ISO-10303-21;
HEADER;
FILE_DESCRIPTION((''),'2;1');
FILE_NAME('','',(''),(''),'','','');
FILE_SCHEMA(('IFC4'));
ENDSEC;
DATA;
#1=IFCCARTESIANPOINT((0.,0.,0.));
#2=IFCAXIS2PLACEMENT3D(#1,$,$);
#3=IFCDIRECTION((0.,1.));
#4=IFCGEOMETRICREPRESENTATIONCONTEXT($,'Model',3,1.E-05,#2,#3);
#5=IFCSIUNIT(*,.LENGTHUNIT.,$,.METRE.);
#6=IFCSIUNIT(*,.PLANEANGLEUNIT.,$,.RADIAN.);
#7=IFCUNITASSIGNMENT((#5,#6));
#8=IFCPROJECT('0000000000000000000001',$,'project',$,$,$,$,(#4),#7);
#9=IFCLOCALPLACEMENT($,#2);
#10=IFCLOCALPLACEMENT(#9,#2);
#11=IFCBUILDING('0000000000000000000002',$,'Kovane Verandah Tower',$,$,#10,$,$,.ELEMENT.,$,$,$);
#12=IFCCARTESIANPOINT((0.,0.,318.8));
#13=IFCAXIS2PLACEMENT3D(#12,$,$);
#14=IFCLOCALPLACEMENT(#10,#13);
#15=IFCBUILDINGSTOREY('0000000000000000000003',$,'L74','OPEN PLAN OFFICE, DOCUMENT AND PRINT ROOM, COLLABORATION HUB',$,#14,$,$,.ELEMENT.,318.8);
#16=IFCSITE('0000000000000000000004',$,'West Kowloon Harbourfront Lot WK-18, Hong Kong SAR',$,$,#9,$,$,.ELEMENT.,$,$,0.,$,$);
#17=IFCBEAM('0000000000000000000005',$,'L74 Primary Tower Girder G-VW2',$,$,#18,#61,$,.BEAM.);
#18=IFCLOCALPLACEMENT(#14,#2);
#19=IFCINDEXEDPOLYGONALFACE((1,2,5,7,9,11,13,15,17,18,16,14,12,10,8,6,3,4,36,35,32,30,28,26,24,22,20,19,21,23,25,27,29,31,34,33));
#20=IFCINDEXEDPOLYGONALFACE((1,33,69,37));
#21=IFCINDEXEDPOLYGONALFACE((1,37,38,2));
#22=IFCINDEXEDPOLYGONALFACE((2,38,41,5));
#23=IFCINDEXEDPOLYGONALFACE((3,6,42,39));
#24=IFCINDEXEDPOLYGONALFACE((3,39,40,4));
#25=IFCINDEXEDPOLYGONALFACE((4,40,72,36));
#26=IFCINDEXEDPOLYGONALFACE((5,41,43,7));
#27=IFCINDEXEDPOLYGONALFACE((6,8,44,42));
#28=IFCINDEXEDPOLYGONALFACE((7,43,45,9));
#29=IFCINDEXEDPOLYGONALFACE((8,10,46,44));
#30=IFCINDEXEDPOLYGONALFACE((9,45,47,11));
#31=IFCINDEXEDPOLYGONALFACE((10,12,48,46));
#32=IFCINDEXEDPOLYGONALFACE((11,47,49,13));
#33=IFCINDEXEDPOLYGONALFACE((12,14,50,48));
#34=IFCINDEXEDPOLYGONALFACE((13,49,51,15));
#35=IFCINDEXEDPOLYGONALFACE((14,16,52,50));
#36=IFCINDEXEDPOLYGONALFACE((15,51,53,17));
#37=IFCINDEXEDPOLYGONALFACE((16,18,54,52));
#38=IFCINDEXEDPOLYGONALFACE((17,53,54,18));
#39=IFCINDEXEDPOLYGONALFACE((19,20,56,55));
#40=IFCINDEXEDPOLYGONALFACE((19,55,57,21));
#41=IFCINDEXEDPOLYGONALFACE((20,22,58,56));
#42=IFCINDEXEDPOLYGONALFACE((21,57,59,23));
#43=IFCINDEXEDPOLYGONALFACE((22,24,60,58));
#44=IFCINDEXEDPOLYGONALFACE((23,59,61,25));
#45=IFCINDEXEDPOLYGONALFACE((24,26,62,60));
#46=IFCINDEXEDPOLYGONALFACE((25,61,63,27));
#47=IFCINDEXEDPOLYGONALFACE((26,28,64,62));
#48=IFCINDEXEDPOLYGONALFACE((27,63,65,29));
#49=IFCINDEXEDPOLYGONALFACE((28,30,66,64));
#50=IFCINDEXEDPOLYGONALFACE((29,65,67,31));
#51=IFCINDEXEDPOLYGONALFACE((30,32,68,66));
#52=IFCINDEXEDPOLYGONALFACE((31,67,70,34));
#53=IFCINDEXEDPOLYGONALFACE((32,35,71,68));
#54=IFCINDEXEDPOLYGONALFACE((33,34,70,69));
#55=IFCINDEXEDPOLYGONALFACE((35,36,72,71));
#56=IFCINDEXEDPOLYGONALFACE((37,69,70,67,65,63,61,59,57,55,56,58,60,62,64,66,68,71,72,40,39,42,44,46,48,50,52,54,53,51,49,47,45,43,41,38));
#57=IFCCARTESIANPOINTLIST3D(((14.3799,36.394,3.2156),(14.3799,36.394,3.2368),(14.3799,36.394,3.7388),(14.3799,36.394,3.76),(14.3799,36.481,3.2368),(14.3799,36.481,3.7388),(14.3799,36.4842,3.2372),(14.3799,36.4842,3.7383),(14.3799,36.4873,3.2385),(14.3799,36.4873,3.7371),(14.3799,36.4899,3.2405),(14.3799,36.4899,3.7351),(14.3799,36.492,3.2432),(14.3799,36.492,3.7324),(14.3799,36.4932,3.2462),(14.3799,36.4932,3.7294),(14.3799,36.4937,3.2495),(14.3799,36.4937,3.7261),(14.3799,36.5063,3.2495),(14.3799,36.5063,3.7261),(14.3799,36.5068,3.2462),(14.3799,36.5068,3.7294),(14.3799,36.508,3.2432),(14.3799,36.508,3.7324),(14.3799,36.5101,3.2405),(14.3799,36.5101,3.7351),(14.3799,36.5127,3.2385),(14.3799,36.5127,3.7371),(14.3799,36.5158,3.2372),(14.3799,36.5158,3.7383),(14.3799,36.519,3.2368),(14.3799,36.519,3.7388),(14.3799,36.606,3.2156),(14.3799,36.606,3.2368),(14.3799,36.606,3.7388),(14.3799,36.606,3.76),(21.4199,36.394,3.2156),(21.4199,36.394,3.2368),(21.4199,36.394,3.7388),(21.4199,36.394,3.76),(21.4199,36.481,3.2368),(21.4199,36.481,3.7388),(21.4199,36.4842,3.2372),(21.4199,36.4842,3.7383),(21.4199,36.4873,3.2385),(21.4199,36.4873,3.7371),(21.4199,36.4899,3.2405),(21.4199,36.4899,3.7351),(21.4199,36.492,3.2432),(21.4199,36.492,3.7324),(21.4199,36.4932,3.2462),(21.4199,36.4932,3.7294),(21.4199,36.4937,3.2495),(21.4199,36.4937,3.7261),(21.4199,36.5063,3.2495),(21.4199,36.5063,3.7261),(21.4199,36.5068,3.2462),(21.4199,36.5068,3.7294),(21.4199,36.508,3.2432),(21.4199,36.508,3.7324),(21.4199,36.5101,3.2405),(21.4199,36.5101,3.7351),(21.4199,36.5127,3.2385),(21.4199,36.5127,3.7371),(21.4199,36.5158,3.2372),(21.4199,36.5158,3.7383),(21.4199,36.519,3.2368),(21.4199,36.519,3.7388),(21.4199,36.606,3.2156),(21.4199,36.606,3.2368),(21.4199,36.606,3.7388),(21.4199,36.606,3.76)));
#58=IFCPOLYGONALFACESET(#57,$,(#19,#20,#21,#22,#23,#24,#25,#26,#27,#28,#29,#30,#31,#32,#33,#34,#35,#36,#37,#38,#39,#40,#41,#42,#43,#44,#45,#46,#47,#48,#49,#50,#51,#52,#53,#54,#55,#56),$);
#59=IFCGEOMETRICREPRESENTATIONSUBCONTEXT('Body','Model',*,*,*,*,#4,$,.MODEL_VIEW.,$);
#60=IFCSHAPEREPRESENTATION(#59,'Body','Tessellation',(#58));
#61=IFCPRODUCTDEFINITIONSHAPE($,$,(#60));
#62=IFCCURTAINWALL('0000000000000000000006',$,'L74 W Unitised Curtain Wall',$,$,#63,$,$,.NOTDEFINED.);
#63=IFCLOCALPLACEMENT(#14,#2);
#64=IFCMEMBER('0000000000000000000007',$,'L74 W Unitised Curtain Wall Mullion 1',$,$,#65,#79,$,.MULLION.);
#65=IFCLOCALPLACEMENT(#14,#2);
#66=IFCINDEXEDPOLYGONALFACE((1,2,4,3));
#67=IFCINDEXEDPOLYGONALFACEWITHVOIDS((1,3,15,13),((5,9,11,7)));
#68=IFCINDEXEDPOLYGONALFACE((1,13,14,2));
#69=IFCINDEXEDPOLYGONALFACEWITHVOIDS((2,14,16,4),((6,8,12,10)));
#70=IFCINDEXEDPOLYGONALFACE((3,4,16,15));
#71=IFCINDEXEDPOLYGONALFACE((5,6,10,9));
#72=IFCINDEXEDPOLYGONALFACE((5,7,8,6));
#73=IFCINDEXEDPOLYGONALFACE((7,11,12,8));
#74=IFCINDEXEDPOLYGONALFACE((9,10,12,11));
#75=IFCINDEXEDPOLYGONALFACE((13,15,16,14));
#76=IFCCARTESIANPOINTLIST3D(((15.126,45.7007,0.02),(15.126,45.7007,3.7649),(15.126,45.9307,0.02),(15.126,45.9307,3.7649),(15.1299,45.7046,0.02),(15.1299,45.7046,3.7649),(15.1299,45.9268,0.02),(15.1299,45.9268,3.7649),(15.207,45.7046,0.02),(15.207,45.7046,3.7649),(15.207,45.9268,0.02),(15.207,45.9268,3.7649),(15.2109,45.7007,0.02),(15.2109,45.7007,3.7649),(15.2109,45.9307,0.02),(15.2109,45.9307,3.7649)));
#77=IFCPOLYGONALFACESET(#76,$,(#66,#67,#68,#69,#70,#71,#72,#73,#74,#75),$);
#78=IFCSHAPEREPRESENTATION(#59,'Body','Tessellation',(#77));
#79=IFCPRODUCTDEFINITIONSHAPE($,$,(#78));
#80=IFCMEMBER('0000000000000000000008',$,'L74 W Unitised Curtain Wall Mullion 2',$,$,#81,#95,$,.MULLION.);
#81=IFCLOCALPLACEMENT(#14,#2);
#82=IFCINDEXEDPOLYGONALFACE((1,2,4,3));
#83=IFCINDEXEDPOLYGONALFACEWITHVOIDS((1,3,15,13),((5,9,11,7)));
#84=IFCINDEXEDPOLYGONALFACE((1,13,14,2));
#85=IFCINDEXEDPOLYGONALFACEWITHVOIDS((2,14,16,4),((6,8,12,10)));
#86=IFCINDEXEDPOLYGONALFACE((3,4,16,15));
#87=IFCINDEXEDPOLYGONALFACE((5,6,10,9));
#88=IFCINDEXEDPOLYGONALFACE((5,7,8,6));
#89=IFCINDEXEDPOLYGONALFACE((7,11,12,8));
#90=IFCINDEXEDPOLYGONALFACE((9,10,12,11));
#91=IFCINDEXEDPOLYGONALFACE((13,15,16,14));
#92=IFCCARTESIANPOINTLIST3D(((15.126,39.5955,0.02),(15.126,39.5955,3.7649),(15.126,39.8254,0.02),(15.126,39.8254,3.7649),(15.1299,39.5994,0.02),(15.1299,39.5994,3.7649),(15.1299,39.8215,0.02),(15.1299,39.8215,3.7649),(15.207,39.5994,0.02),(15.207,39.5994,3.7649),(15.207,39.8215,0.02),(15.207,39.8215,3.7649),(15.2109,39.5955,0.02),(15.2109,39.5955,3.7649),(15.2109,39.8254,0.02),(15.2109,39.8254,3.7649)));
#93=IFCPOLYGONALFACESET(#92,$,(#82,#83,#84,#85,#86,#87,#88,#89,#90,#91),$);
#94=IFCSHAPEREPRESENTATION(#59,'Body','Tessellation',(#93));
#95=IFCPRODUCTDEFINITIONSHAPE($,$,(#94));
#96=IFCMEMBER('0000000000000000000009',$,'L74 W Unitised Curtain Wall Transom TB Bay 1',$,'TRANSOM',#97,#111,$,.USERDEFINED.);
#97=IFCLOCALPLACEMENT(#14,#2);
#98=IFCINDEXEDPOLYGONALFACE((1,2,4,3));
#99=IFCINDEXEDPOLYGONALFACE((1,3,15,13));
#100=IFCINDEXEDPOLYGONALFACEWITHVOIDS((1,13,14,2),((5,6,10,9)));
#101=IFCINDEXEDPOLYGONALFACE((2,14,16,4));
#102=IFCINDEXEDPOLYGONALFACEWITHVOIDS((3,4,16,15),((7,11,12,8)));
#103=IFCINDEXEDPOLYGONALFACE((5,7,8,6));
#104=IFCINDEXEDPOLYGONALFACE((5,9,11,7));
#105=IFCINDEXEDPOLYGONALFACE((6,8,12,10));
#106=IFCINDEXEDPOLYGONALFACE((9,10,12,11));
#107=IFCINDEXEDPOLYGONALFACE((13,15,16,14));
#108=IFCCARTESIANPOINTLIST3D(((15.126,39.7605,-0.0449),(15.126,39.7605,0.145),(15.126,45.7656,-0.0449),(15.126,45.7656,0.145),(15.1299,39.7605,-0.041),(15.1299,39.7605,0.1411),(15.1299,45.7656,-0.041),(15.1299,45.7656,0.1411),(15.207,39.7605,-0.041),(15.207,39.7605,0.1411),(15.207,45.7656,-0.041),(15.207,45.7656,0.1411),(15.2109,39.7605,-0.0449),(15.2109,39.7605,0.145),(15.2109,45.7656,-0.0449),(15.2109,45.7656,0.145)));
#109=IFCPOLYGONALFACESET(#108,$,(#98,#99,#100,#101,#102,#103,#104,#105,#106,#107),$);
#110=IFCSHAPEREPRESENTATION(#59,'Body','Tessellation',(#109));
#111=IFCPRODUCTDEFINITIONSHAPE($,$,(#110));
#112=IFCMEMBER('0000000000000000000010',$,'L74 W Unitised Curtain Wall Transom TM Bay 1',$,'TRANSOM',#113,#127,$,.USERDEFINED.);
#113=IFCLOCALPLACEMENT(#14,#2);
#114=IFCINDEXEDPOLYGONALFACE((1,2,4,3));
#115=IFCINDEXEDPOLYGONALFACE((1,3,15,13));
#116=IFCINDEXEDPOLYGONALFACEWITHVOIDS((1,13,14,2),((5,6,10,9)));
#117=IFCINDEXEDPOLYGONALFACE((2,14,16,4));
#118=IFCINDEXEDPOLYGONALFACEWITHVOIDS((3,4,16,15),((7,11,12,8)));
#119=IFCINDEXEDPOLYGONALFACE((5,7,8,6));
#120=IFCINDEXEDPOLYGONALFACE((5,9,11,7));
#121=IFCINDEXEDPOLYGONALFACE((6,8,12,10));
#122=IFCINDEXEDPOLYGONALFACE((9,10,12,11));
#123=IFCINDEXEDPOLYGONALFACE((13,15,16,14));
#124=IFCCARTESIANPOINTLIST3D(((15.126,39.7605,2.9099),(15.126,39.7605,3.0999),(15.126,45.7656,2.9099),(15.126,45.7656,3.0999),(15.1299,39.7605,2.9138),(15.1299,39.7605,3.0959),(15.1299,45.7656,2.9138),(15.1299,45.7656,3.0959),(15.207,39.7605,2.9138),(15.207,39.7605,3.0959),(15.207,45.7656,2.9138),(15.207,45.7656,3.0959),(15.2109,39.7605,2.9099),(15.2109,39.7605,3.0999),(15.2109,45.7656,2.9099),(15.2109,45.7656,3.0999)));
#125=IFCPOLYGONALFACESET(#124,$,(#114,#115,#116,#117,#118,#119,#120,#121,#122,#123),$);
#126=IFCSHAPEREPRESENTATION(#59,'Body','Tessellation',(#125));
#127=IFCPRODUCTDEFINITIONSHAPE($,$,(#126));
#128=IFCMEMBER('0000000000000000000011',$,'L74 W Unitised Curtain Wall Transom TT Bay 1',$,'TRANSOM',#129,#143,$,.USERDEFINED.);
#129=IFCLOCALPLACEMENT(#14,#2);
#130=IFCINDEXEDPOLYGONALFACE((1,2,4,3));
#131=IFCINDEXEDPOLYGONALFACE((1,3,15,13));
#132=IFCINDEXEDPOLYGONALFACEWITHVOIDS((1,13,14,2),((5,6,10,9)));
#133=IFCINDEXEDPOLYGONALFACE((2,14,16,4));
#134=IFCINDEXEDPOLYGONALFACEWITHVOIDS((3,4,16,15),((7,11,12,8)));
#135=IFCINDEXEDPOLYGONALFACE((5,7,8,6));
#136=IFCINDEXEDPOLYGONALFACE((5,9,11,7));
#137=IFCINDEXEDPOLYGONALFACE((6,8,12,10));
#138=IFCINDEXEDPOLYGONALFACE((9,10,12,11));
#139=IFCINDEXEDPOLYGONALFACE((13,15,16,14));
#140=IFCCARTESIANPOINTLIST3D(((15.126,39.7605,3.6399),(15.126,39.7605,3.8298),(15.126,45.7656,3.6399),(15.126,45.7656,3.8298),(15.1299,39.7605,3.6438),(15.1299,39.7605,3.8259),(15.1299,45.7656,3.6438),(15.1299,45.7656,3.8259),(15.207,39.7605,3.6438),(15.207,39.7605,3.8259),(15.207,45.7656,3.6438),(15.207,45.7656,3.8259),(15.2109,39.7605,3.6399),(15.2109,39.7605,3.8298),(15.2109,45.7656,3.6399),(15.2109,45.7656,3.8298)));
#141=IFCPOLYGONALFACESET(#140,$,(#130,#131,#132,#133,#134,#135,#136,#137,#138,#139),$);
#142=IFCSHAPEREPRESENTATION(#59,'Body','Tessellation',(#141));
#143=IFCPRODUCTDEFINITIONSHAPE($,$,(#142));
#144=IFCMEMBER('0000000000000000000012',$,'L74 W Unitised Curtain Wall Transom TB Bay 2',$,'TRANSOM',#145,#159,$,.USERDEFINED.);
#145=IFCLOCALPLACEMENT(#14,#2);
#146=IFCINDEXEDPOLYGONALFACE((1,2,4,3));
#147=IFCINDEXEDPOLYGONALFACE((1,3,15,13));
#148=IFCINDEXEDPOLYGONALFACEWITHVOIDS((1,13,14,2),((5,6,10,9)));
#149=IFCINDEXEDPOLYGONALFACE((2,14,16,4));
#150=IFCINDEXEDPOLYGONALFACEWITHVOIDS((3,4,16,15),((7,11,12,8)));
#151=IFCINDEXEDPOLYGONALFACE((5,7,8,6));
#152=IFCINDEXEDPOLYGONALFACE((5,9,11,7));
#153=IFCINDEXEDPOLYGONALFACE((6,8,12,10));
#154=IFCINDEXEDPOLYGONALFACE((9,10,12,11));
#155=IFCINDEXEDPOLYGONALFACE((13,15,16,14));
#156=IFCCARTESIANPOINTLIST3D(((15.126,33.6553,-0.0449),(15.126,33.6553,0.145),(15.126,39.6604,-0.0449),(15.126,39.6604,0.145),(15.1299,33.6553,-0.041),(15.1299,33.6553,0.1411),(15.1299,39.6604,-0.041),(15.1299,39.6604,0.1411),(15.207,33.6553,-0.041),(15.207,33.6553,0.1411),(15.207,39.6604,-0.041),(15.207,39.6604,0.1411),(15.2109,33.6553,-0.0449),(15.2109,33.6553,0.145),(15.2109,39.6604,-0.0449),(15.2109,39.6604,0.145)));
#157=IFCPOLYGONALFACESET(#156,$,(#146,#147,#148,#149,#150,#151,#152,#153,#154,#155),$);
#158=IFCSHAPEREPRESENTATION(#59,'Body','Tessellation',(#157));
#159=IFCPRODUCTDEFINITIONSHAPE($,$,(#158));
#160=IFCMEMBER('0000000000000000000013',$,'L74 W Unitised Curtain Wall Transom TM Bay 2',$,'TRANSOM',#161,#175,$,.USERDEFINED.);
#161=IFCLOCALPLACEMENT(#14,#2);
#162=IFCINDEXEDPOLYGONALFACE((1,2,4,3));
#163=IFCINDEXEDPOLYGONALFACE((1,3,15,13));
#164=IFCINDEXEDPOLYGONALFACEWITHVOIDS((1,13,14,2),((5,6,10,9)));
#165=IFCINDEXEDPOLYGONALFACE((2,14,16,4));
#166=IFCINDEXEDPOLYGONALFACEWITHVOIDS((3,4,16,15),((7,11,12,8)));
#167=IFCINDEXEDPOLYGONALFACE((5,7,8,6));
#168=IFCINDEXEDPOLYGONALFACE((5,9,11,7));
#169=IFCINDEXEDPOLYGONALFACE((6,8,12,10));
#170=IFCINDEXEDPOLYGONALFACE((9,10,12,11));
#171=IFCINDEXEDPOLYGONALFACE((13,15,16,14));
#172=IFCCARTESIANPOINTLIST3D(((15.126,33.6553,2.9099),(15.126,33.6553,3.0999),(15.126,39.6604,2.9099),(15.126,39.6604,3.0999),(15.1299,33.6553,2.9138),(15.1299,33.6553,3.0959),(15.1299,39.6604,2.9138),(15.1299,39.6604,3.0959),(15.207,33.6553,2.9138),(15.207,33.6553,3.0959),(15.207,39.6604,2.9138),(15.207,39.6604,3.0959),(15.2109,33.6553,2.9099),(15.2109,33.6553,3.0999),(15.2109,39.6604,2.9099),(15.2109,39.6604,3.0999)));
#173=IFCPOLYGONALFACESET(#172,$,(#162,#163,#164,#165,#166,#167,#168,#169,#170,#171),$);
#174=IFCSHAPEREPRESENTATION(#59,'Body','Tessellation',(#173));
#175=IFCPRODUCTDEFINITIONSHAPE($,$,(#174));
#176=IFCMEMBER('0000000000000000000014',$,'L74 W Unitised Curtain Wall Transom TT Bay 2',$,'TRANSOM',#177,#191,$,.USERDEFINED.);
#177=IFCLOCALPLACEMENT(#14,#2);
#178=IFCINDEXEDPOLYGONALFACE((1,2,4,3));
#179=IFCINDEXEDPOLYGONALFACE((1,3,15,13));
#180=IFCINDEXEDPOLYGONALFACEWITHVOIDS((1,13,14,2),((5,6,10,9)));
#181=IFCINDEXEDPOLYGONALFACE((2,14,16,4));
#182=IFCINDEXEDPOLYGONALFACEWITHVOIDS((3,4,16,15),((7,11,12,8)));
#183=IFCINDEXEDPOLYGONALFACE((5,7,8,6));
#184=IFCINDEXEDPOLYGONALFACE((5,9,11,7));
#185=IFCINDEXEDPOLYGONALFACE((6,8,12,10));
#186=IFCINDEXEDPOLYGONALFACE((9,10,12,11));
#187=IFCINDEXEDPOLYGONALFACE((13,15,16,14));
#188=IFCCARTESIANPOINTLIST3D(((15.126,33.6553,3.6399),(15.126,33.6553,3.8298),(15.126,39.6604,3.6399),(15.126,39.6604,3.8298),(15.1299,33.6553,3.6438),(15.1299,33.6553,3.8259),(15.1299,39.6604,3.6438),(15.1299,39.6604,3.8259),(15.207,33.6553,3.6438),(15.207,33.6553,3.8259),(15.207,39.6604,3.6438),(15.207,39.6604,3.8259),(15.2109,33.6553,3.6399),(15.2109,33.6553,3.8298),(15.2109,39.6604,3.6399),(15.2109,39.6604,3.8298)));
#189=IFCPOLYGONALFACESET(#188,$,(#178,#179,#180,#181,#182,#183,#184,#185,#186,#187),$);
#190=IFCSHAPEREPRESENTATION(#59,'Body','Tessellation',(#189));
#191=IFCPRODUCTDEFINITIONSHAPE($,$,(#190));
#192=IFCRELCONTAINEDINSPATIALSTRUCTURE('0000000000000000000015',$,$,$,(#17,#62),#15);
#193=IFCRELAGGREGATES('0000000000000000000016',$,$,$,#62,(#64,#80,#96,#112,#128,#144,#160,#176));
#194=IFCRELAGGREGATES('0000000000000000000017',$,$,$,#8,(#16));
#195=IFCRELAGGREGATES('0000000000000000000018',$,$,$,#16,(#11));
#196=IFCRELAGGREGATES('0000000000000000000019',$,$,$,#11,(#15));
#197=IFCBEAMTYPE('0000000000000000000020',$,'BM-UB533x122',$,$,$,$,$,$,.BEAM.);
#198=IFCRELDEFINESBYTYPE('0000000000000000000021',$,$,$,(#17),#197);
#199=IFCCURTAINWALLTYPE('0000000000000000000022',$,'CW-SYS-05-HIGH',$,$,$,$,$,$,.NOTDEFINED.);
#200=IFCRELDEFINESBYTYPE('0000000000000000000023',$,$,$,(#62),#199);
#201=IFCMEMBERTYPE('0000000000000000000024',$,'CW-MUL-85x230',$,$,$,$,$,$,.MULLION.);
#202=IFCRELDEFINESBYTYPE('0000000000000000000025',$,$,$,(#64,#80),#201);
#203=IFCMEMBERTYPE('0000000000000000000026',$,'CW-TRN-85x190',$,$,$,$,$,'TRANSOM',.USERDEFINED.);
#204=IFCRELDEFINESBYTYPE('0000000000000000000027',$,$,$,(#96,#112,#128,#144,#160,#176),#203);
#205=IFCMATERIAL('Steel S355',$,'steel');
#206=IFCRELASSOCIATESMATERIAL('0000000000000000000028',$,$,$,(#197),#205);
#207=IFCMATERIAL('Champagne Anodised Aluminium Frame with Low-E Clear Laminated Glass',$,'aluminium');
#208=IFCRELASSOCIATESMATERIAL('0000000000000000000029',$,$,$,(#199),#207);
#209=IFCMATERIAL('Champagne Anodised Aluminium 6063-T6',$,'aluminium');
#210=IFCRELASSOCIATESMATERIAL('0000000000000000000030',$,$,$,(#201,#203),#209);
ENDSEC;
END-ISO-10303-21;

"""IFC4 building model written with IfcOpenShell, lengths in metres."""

from ifc_helpers import new_model, si_unit, direction, frame, origin, origin_2d, place, context, subcontext, project, spatial, hollow_rectangle, i_section, extrude, material, material_profile, profile_set, type_object, element, aggregate, save


model = new_model("IFC4")

# Units and contexts
model_context = context("Model", 3, precision=1e-05, world=origin(), true_north=direction((0.0, 1.0)))
body_context = subcontext(model_context, "Body", "Model", "MODEL_VIEW")
ifc_project = project(units=[si_unit("LENGTHUNIT", "METRE"), si_unit("PLANEANGLEUNIT", "RADIAN")], contexts=[model_context])

# Site, building, storey
site_placement = place(None, origin())
site = spatial("IfcSite", under=ifc_project, at=site_placement, Name="West Kowloon Harbourfront Lot WK-18, Hong Kong SAR", CompositionType="ELEMENT", RefElevation=0.0)
building_placement = place(site_placement, origin())
building = spatial("IfcBuilding", under=site, at=building_placement, Name="Kovane Verandah Tower", CompositionType="ELEMENT")
storey_placement = place(building_placement, frame((0.0, 0.0, 318.8)))
storey = spatial("IfcBuildingStorey", under=building, at=storey_placement, Name="L74", Description="OPEN PLAN OFFICE, DOCUMENT AND PRINT ROOM, COLLABORATION HUB", CompositionType="ELEMENT", Elevation=318.8)

# Beam
ifc_material_1 = material(Name="Steel S355", Category="steel")
ifc_material_profile_1 = material_profile(ifc_material_1, i_section(OverallWidth=0.2119, OverallDepth=0.5444, WebThickness=0.0127, FlangeThickness=0.0212, FilletRadius=0.0127, at=origin_2d()), Name="UB533x210x122")
ifc_profile_set_1 = profile_set([ifc_material_profile_1], Name="Steel S355")
beam_type = type_object("IfcBeamType", Name="BM-UB533x122", PredefinedType="BEAM", material=ifc_profile_set_1)
beam_1_placement = place(storey_placement, frame((21.4199, 36.5, 3.4878), z_axis=(-1.0, 0.0, 0.0), x_axis=(0.0, -1.0, 0.0)))
element("IfcBeam", 1, at=beam_1_placement, inside=storey, type_object=beam_type, Name="L74 Primary Tower Girder G-VW2", PredefinedType="BEAM", context=body_context, shape_type="SweptSolid", body=[
    extrude(i_section(OverallWidth=0.2119, OverallDepth=0.5444, WebThickness=0.0127, FlangeThickness=0.0212, FilletRadius=0.0127, at=origin_2d()), origin(), (0.0, 0.0, 1.0), 7.04),
])

# Curtain wall, members
ifc_material_2 = material(Name="Champagne Anodised Aluminium Frame with Low-E Clear Laminated Glass", Category="aluminium")
curtain_wall_type = type_object("IfcCurtainWallType", Name="CW-SYS-05-HIGH", PredefinedType="NOTDEFINED", material=ifc_material_2)
curtain_wall_placement = place(storey_placement, origin())
curtain_wall = element("IfcCurtainWall", 2, at=curtain_wall_placement, inside=storey, type_object=curtain_wall_type, Name="L74 W Unitised Curtain Wall", PredefinedType="NOTDEFINED")
ifc_material_3 = material(Name="Champagne Anodised Aluminium 6063-T6", Category="aluminium")
ifc_material_profile_2 = material_profile(ifc_material_3, hollow_rectangle(XDim=0.085, YDim=0.23, WallThickness=0.0039, at=origin_2d()), Name="AL85x230x4")
ifc_profile_set_2 = profile_set([ifc_material_profile_2], Name="Champagne Anodised Aluminium 6063-T6")
member_type_1 = type_object("IfcMemberType", Name="CW-MUL-85x230", PredefinedType="MULLION", material=ifc_profile_set_2)
member_1_placement = place(storey_placement, frame((15.1685, 45.8157, 0.02), z_axis=(0.0, 0.0, 1.0), x_axis=(-1.0, 0.0, 0.0)))
member_1 = element("IfcMember", 3, at=member_1_placement, type_object=member_type_1, Name="L74 W Unitised Curtain Wall Mullion 1", PredefinedType="MULLION", context=body_context, shape_type="SweptSolid", body=[
    extrude(hollow_rectangle(XDim=0.085, YDim=0.23, WallThickness=0.0039, at=origin_2d()), origin(), (0.0, 0.0, 1.0), 3.7449),
])
member_2_placement = place(storey_placement, frame((15.1685, 39.7104, 0.02), z_axis=(0.0, 0.0, 1.0), x_axis=(-1.0, 0.0, 0.0)))
member_2 = element("IfcMember", 4, at=member_2_placement, type_object=member_type_1, Name="L74 W Unitised Curtain Wall Mullion 2", PredefinedType="MULLION", context=body_context, shape_type="SweptSolid", body=[
    extrude(hollow_rectangle(XDim=0.085, YDim=0.23, WallThickness=0.0039, at=origin_2d()), origin(), (0.0, 0.0, 1.0), 3.7449),
])
ifc_material_profile_3 = material_profile(ifc_material_3, hollow_rectangle(XDim=0.085, YDim=0.1899, WallThickness=0.0039, at=origin_2d()), Name="AL85x190x4")
ifc_profile_set_3 = profile_set([ifc_material_profile_3], Name="Champagne Anodised Aluminium 6063-T6")
member_type_2 = type_object("IfcMemberType", Name="CW-TRN-85x190", ElementType="TRANSOM", PredefinedType="USERDEFINED", material=ifc_profile_set_3)
member_3_placement = place(storey_placement, frame((15.1685, 45.7656, 0.05), z_axis=(0.0, -1.0, 0.0), x_axis=(1.0, 0.0, 0.0)))
member_3 = element("IfcMember", 5, at=member_3_placement, type_object=member_type_2, Name="L74 W Unitised Curtain Wall Transom TB Bay 1", ObjectType="TRANSOM", PredefinedType="USERDEFINED", context=body_context, shape_type="SweptSolid", body=[
    extrude(hollow_rectangle(XDim=0.085, YDim=0.1899, WallThickness=0.0039, at=origin_2d()), origin(), (0.0, 0.0, 1.0), 6.0051),
])
member_4_placement = place(storey_placement, frame((15.1685, 45.7656, 3.0049), z_axis=(0.0, -1.0, 0.0), x_axis=(1.0, 0.0, 0.0)))
member_4 = element("IfcMember", 6, at=member_4_placement, type_object=member_type_2, Name="L74 W Unitised Curtain Wall Transom TM Bay 1", ObjectType="TRANSOM", PredefinedType="USERDEFINED", context=body_context, shape_type="SweptSolid", body=[
    extrude(hollow_rectangle(XDim=0.085, YDim=0.1899, WallThickness=0.0039, at=origin_2d()), origin(), (0.0, 0.0, 1.0), 6.0051),
])
member_5_placement = place(storey_placement, frame((15.1685, 45.7656, 3.7349), z_axis=(0.0, -1.0, 0.0), x_axis=(1.0, 0.0, 0.0)))
member_5 = element("IfcMember", 7, at=member_5_placement, type_object=member_type_2, Name="L74 W Unitised Curtain Wall Transom TT Bay 1", ObjectType="TRANSOM", PredefinedType="USERDEFINED", context=body_context, shape_type="SweptSolid", body=[
    extrude(hollow_rectangle(XDim=0.085, YDim=0.1899, WallThickness=0.0039, at=origin_2d()), origin(), (0.0, 0.0, 1.0), 6.0051),
])
member_6_placement = place(storey_placement, frame((15.1685, 39.6604, 0.05), z_axis=(0.0, -1.0, 0.0), x_axis=(1.0, 0.0, 0.0)))
member_6 = element("IfcMember", 8, at=member_6_placement, type_object=member_type_2, Name="L74 W Unitised Curtain Wall Transom TB Bay 2", ObjectType="TRANSOM", PredefinedType="USERDEFINED", context=body_context, shape_type="SweptSolid", body=[
    extrude(hollow_rectangle(XDim=0.085, YDim=0.1899, WallThickness=0.0039, at=origin_2d()), origin(), (0.0, 0.0, 1.0), 6.0051),
])
member_7_placement = place(storey_placement, frame((15.1685, 39.6604, 3.0049), z_axis=(0.0, -1.0, 0.0), x_axis=(1.0, 0.0, 0.0)))
member_7 = element("IfcMember", 9, at=member_7_placement, type_object=member_type_2, Name="L74 W Unitised Curtain Wall Transom TM Bay 2", ObjectType="TRANSOM", PredefinedType="USERDEFINED", context=body_context, shape_type="SweptSolid", body=[
    extrude(hollow_rectangle(XDim=0.085, YDim=0.1899, WallThickness=0.0039, at=origin_2d()), origin(), (0.0, 0.0, 1.0), 6.0051),
])
member_8_placement = place(storey_placement, frame((15.1685, 39.6604, 3.7349), z_axis=(0.0, -1.0, 0.0), x_axis=(1.0, 0.0, 0.0)))
member_8 = element("IfcMember", 10, at=member_8_placement, type_object=member_type_2, Name="L74 W Unitised Curtain Wall Transom TT Bay 2", ObjectType="TRANSOM", PredefinedType="USERDEFINED", context=body_context, shape_type="SweptSolid", body=[
    extrude(hollow_rectangle(XDim=0.085, YDim=0.1899, WallThickness=0.0039, at=origin_2d()), origin(), (0.0, 0.0, 1.0), 6.0051),
])
aggregate(curtain_wall, [member_1, member_2, member_3, member_4, member_5, member_6, member_7, member_8])

save(model, "model.ifc")
